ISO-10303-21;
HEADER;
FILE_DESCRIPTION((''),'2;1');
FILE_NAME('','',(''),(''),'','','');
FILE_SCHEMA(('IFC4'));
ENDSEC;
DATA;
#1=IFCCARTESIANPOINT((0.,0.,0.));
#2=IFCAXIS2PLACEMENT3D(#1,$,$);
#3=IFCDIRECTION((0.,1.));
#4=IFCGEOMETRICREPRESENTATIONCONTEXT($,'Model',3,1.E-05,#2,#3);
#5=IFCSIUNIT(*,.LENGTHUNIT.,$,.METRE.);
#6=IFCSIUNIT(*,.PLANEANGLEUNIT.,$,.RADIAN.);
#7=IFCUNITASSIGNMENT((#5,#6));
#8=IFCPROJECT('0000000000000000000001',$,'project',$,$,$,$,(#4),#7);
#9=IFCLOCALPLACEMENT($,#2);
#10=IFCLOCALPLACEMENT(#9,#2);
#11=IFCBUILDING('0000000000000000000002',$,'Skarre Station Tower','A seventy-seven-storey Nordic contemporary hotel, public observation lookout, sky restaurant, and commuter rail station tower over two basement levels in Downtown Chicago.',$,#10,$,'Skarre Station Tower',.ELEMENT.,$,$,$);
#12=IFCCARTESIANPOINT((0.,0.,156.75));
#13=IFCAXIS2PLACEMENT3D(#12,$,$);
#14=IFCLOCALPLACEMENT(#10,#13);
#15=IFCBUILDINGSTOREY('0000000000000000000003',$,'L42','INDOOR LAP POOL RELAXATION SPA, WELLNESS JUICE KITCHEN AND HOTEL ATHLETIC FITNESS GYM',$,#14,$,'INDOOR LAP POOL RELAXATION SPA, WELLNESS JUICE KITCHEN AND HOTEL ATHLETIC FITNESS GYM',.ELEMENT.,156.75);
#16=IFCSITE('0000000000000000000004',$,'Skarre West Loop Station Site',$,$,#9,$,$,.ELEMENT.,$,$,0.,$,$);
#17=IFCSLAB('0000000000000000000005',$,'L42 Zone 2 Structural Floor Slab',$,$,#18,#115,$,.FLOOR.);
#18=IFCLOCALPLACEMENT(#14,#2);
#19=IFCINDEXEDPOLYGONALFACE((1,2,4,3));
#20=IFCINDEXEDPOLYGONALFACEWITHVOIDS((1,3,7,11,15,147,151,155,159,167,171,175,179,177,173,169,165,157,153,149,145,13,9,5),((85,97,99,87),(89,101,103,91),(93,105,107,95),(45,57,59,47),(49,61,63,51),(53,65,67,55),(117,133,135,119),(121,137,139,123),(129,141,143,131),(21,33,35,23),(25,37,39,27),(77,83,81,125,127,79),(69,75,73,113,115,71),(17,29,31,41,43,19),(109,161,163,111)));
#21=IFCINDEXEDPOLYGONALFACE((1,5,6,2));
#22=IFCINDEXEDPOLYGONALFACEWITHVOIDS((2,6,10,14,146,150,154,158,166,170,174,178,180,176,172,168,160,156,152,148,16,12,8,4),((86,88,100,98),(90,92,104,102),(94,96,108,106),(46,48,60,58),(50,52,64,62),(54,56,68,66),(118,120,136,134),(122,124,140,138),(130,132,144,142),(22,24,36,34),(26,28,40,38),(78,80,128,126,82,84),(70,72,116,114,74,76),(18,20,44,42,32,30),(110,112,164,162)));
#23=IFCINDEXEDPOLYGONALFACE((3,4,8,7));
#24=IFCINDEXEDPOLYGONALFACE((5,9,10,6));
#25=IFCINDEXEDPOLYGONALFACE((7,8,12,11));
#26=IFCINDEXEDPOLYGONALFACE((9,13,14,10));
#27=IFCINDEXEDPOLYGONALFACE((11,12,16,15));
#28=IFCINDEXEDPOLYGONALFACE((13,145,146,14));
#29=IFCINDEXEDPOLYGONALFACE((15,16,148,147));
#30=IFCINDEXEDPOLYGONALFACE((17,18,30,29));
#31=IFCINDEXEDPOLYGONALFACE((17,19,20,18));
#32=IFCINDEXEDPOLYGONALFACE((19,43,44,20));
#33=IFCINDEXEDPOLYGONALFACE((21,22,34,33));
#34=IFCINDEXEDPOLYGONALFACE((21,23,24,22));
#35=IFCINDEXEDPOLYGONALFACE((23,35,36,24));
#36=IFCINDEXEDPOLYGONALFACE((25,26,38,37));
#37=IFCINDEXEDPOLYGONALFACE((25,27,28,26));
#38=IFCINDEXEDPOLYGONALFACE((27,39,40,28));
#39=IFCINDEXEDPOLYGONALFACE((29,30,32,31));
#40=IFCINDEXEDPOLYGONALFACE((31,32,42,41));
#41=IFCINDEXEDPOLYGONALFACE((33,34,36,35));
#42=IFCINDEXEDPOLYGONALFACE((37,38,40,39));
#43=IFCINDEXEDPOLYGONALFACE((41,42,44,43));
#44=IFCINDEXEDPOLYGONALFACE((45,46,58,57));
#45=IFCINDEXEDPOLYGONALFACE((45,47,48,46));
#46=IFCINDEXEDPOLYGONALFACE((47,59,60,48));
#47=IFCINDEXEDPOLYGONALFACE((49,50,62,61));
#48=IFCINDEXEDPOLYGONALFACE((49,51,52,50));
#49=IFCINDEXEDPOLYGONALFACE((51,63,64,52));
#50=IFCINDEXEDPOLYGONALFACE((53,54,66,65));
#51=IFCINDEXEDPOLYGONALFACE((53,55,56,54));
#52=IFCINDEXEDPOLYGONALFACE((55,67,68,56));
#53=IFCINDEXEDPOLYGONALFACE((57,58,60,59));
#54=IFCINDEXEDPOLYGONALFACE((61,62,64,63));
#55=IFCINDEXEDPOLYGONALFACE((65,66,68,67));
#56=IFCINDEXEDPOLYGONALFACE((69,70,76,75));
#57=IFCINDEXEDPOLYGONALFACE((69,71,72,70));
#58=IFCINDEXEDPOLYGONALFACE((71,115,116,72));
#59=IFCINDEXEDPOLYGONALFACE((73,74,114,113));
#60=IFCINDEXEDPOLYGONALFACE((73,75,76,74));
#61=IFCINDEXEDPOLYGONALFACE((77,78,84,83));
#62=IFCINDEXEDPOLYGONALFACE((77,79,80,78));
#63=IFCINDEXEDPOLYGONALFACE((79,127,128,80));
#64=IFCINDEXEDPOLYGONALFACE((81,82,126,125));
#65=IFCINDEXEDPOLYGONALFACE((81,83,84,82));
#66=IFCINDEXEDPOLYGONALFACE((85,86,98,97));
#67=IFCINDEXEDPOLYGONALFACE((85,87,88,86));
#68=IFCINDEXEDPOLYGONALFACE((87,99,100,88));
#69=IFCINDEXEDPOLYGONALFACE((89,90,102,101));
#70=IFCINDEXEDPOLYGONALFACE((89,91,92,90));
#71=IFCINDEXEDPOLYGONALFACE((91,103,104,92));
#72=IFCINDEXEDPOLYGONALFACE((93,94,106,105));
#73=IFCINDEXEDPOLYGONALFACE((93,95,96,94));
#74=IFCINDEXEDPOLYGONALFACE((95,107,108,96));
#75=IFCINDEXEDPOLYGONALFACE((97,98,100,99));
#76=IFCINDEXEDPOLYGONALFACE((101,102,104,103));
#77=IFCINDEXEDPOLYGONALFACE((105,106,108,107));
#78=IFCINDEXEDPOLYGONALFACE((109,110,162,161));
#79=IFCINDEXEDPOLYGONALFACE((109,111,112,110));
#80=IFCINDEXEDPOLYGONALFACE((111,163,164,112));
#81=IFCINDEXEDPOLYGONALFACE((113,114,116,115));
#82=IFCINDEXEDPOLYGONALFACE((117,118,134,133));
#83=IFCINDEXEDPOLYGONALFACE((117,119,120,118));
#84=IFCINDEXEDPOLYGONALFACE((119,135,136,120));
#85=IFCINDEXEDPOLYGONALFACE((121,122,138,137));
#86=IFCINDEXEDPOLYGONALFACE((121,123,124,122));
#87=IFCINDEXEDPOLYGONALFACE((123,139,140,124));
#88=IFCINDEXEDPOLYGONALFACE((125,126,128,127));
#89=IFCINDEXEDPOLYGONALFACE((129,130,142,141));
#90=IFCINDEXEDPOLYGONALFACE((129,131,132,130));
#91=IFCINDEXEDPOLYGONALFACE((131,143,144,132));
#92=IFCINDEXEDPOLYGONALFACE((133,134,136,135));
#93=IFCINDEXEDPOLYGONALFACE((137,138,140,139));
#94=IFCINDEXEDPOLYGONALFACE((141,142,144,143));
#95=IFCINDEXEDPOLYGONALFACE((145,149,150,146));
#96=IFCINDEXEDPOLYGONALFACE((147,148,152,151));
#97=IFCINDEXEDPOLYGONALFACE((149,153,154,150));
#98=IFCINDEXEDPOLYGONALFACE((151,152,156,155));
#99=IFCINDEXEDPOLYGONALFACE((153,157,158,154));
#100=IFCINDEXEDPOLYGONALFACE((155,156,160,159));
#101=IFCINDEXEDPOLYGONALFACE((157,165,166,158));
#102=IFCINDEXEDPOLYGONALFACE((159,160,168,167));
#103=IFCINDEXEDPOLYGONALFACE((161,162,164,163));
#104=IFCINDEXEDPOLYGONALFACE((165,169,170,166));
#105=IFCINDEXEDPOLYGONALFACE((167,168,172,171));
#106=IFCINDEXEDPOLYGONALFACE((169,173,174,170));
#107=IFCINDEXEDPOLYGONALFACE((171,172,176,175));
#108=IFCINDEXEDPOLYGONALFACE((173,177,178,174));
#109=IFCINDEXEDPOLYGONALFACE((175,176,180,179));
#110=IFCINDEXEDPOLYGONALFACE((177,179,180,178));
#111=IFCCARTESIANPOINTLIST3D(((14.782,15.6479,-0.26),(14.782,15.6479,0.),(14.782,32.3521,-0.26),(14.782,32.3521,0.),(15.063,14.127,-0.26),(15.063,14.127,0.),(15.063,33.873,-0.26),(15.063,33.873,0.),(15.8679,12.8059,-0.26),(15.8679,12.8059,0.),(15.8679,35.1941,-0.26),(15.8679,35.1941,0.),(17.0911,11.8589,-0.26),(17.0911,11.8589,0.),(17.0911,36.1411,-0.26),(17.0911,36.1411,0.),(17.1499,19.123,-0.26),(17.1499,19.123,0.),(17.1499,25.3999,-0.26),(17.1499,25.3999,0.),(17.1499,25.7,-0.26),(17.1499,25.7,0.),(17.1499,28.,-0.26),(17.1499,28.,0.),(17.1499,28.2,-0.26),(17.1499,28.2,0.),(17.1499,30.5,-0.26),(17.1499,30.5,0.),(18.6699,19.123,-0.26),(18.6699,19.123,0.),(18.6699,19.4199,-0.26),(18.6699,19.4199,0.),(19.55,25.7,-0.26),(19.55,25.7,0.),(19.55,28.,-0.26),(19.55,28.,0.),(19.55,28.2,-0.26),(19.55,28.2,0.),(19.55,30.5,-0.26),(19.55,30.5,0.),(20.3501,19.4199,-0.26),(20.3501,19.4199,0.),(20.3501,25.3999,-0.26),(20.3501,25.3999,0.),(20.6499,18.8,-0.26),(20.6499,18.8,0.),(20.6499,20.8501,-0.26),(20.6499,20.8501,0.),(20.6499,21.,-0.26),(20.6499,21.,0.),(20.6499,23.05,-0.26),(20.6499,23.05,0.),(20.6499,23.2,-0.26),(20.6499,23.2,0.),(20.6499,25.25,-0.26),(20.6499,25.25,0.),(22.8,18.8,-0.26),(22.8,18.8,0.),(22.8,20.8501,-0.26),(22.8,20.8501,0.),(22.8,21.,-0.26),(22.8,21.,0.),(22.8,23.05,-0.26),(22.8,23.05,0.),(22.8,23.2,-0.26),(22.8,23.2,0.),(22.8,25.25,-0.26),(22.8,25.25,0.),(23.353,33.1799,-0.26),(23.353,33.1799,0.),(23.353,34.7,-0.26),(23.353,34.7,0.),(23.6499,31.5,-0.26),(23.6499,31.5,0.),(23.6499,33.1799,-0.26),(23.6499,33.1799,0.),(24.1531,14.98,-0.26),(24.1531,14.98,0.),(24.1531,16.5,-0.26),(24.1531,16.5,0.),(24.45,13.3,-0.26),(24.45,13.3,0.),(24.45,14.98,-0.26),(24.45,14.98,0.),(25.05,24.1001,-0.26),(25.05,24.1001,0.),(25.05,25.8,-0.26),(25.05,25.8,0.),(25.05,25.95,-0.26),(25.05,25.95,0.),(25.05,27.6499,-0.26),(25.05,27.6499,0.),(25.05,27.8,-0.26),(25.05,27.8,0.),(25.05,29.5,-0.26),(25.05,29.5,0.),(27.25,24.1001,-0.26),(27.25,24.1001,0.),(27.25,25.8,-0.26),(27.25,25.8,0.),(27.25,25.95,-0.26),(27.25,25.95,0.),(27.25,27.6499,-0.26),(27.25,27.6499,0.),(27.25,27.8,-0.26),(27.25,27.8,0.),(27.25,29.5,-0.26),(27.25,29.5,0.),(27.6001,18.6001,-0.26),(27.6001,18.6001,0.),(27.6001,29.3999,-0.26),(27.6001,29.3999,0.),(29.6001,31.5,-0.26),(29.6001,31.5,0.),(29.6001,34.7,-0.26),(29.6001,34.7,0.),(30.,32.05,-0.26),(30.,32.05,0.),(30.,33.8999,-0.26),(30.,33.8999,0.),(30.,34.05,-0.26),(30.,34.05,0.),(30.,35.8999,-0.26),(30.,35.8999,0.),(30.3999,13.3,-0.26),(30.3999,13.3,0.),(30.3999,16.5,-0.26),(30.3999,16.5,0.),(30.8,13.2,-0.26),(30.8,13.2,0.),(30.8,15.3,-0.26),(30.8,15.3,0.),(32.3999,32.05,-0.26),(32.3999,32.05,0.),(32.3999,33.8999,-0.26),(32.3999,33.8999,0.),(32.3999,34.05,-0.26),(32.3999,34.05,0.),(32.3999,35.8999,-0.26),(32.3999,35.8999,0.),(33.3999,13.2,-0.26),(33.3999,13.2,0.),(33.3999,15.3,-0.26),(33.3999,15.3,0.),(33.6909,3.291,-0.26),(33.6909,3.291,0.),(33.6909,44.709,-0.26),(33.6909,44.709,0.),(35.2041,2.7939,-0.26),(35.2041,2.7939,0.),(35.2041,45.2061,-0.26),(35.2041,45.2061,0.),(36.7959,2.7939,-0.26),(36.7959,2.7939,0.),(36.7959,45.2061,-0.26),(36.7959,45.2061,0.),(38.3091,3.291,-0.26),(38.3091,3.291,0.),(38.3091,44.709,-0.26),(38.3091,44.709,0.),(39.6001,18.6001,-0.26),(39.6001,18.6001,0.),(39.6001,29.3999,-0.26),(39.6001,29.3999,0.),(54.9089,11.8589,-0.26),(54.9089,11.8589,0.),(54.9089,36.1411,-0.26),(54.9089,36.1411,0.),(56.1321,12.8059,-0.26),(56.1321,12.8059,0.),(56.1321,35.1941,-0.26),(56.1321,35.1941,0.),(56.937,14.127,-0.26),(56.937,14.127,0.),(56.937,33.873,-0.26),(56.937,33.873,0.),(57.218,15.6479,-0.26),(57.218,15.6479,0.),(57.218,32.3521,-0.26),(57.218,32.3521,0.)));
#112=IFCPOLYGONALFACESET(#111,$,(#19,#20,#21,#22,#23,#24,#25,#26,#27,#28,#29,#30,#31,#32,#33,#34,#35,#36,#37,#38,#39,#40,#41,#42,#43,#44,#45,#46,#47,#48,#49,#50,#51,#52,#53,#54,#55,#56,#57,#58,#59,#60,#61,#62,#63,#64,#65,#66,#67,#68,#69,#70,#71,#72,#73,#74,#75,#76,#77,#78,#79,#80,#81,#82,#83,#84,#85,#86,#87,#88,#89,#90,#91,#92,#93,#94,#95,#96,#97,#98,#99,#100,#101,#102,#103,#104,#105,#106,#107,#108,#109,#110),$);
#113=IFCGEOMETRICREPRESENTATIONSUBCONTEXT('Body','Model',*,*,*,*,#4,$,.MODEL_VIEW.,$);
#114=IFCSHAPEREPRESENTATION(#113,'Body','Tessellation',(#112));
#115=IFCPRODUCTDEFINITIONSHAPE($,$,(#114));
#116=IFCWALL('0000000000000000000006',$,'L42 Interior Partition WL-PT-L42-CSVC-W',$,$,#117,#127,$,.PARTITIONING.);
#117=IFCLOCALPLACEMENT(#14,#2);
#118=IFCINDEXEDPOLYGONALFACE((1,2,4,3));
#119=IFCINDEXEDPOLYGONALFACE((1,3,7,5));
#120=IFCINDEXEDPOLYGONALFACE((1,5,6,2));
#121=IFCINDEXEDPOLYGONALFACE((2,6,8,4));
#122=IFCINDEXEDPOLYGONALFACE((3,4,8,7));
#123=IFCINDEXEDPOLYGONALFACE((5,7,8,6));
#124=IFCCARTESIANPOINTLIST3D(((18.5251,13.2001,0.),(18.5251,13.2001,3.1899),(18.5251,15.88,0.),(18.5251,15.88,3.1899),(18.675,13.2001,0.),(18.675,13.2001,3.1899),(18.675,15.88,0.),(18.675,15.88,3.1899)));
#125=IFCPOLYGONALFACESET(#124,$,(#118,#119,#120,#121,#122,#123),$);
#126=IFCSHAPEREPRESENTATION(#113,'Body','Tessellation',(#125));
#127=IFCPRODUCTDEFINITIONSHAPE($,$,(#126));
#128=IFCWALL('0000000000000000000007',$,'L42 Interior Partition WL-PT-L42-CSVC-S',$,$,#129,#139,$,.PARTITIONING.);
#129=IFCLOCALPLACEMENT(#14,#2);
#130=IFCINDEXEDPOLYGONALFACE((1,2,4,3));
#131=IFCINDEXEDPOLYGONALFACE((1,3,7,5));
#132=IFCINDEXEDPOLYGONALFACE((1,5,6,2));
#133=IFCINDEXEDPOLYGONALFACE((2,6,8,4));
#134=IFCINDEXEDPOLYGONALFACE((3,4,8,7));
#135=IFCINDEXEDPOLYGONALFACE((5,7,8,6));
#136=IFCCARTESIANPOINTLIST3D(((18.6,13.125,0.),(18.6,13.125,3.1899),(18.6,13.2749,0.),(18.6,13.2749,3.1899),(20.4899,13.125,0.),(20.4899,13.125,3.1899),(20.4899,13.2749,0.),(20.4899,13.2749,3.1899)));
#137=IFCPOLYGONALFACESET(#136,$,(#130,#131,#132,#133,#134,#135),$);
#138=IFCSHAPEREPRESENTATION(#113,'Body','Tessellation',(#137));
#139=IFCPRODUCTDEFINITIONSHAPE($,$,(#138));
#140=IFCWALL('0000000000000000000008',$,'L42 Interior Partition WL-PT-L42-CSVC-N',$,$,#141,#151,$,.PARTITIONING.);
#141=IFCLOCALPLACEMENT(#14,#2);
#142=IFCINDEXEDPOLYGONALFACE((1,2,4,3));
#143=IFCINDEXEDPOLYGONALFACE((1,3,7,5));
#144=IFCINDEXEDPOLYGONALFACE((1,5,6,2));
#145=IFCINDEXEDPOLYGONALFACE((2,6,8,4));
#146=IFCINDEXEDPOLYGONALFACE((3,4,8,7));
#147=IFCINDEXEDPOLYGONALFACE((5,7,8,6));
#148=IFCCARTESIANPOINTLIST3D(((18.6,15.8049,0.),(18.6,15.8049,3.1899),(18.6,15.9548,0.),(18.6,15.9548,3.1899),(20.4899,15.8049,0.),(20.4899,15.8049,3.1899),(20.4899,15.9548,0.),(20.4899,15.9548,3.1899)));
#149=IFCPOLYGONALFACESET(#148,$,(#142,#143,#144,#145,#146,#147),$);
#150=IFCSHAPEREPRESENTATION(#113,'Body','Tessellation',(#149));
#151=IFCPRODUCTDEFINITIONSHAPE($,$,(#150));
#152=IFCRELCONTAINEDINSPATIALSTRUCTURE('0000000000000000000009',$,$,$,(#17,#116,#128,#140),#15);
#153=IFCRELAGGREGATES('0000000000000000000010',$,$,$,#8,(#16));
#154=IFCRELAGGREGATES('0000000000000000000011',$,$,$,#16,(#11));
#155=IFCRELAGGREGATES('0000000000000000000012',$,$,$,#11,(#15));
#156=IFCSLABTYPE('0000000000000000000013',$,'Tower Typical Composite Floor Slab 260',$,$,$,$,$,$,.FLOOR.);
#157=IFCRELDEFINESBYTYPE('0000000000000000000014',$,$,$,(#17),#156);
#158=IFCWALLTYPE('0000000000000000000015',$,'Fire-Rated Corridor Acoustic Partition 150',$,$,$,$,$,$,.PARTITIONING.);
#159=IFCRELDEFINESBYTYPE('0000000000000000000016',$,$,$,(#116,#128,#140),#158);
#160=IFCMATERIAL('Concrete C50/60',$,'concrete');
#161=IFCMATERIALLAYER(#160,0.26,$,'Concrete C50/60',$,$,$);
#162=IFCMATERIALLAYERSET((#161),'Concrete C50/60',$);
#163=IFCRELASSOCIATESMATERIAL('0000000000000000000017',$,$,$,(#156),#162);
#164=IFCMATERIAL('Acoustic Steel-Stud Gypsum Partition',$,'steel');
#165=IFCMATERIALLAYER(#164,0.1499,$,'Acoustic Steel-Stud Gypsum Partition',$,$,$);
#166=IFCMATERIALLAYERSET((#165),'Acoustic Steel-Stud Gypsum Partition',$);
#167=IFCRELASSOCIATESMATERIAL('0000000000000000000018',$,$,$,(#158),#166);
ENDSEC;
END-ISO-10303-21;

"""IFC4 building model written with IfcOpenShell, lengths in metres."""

from ifc_helpers import new_model, si_unit, direction, frame, frame_2d, origin, place, context, subcontext, project, spatial, polyline, rectangle, outline, extrude, material, layer, layer_set, type_object, element, save


model = new_model("IFC4")

# Units and contexts
model_context = context("Model", 3, precision=1e-05, world=origin(), true_north=direction((0.0, 1.0)))
body_context = subcontext(model_context, "Body", "Model", "MODEL_VIEW")
ifc_project = project(units=[si_unit("LENGTHUNIT", "METRE"), si_unit("PLANEANGLEUNIT", "RADIAN")], contexts=[model_context])

# Site, building, storey
site_placement = place(None, origin())
site = spatial("IfcSite", under=ifc_project, at=site_placement, Name="Skarre West Loop Station Site", CompositionType="ELEMENT", RefElevation=0.0)
building_placement = place(site_placement, origin())
building = spatial("IfcBuilding", under=site, at=building_placement, Name="Skarre Station Tower", Description="A seventy-seven-storey Nordic contemporary hotel, public observation lookout, sky restaurant, and commuter rail station tower over two basement levels in Downtown Chicago.", LongName="Skarre Station Tower", CompositionType="ELEMENT")
storey_placement = place(building_placement, frame((0.0, 0.0, 156.75)))
storey = spatial("IfcBuildingStorey", under=building, at=storey_placement, Name="L42", Description="INDOOR LAP POOL RELAXATION SPA, WELLNESS JUICE KITCHEN AND HOTEL ATHLETIC FITNESS GYM", LongName="INDOOR LAP POOL RELAXATION SPA, WELLNESS JUICE KITCHEN AND HOTEL ATHLETIC FITNESS GYM", CompositionType="ELEMENT", Elevation=156.75)

# Slab
ifc_material_1 = material(Name="Concrete C50/60", Category="concrete")
ifc_layer_1 = layer(ifc_material_1, 0.26, Name="Concrete C50/60")
ifc_layer_set_1 = layer_set([ifc_layer_1], Name="Concrete C50/60")
slab_type_1 = type_object("IfcSlabType", Name="Tower Typical Composite Floor Slab 260", PredefinedType="FLOOR", material=ifc_layer_set_1)
slab_1_placement = place(storey_placement, frame((0.0, 0.0, -0.26)))
element("IfcSlab", 1, at=slab_1_placement, inside=storey, type_object=slab_type_1, Name="L42 Zone 2 Structural Floor Slab", PredefinedType="FLOOR", context=body_context, shape_type="SweptSolid", body=[
    extrude(outline(polyline([(57.218, 32.3521), (56.937, 33.873), (56.1321, 35.1941), (54.9089, 36.1411), (38.3091, 44.709), (36.7959, 45.2061), (35.2041, 45.2061), (33.6909, 44.709), (17.0911, 36.1411), (15.8679, 35.1941), (15.063, 33.873), (14.782, 32.3521), (14.782, 15.6479), (15.063, 14.127), (15.8679, 12.8059), (17.0911, 11.8589), (33.6909, 3.291), (35.2041, 2.7939), (36.7959, 2.7939), (38.3091, 3.291), (54.9089, 11.8589), (56.1321, 12.8059), (56.937, 14.127), (57.218, 15.6479), (57.218, 32.3521)]), holes=[polyline([(18.6699, 19.4199), (18.6699, 19.123), (17.1499, 19.123), (17.1499, 25.3999), (20.3501, 25.3999), (20.3501, 19.4199), (18.6699, 19.4199)]), polyline([(24.45, 14.98), (24.1531, 14.98), (24.1531, 16.5), (30.3999, 16.5), (30.3999, 13.3), (24.45, 13.3), (24.45, 14.98)]), polyline([(23.6499, 33.1799), (23.353, 33.1799), (23.353, 34.7), (29.6001, 34.7), (29.6001, 31.5), (23.6499, 31.5), (23.6499, 33.1799)]), polyline([(17.1499, 28.0), (19.55, 28.0), (19.55, 25.7), (17.1499, 25.7), (17.1499, 28.0)]), polyline([(17.1499, 30.5), (19.55, 30.5), (19.55, 28.2), (17.1499, 28.2), (17.1499, 30.5)]), polyline([(30.8, 15.3), (33.3999, 15.3), (33.3999, 13.2), (30.8, 13.2), (30.8, 15.3)]), polyline([(25.05, 25.8), (27.25, 25.8), (27.25, 24.1001), (25.05, 24.1001), (25.05, 25.8)]), polyline([(25.05, 27.6499), (27.25, 27.6499), (27.25, 25.95), (25.05, 25.95), (25.05, 27.6499)]), polyline([(25.05, 29.5), (27.25, 29.5), (27.25, 27.8), (25.05, 27.8), (25.05, 29.5)]), polyline([(20.6499, 20.8501), (22.8, 20.8501), (22.8, 18.8), (20.6499, 18.8), (20.6499, 20.8501)]), polyline([(20.6499, 23.05), (22.8, 23.05), (22.8, 21.0), (20.6499, 21.0), (20.6499, 23.05)]), polyline([(20.6499, 25.25), (22.8, 25.25), (22.8, 23.2), (20.6499, 23.2), (20.6499, 25.25)]), polyline([(30.0, 33.8999), (32.3999, 33.8999), (32.3999, 32.05), (30.0, 32.05), (30.0, 33.8999)]), polyline([(30.0, 35.8999), (32.3999, 35.8999), (32.3999, 34.05), (30.0, 34.05), (30.0, 35.8999)]), polyline([(27.6001, 29.3999), (39.6001, 29.3999), (39.6001, 18.6001), (27.6001, 18.6001), (27.6001, 29.3999)])]), origin(), (0.0, 0.0, 1.0), 0.26),
])

# Walls
ifc_material_2 = material(Name="Acoustic Steel-Stud Gypsum Partition", Category="steel")
ifc_layer_2 = layer(ifc_material_2, 0.1499, Name="Acoustic Steel-Stud Gypsum Partition")
ifc_layer_set_2 = layer_set([ifc_layer_2], Name="Acoustic Steel-Stud Gypsum Partition")
wall_type_1 = type_object("IfcWallType", Name="Fire-Rated Corridor Acoustic Partition 150", PredefinedType="PARTITIONING", material=ifc_layer_set_2)
wall_1_placement = place(storey_placement, frame((18.6001, 15.8799, 0.0), z_axis=(0.0, 0.0, 1.0), x_axis=(0.0, -1.0, 0.0)))
element("IfcWall", 2, at=wall_1_placement, inside=storey, type_object=wall_type_1, Name="L42 Interior Partition WL-PT-L42-CSVC-W", PredefinedType="PARTITIONING", context=body_context, shape_type="SweptSolid", body=[
    extrude(rectangle(XDim=2.6799, YDim=0.1499, at=frame_2d((1.3398, 0.0))), origin(), (0.0, 0.0, 1.0), 3.1899),
])
for number, where, z_axis, x_axis, name in (
    (3, (18.6001, 13.2, 0.0), (0.0, 0.0, 1.0), (1.0, 0.0, 0.0), "L42 Interior Partition WL-PT-L42-CSVC-S"),
    (4, (18.6001, 15.8799, 0.0), (0.0, 0.0, 1.0), (1.0, 0.0, 0.0), "L42 Interior Partition WL-PT-L42-CSVC-N"),
):
    element("IfcWall", number, at=place(storey_placement, frame(where, z_axis=z_axis, x_axis=x_axis)), inside=storey, type_object=wall_type_1, Name=name, PredefinedType="PARTITIONING", context=body_context, shape_type="SweptSolid", body=[
        extrude(rectangle(XDim=1.8899, YDim=0.1499, at=frame_2d((0.9448, 0.0))), origin(), (0.0, 0.0, 1.0), 3.1899),
    ])

save(model, "model.ifc")
